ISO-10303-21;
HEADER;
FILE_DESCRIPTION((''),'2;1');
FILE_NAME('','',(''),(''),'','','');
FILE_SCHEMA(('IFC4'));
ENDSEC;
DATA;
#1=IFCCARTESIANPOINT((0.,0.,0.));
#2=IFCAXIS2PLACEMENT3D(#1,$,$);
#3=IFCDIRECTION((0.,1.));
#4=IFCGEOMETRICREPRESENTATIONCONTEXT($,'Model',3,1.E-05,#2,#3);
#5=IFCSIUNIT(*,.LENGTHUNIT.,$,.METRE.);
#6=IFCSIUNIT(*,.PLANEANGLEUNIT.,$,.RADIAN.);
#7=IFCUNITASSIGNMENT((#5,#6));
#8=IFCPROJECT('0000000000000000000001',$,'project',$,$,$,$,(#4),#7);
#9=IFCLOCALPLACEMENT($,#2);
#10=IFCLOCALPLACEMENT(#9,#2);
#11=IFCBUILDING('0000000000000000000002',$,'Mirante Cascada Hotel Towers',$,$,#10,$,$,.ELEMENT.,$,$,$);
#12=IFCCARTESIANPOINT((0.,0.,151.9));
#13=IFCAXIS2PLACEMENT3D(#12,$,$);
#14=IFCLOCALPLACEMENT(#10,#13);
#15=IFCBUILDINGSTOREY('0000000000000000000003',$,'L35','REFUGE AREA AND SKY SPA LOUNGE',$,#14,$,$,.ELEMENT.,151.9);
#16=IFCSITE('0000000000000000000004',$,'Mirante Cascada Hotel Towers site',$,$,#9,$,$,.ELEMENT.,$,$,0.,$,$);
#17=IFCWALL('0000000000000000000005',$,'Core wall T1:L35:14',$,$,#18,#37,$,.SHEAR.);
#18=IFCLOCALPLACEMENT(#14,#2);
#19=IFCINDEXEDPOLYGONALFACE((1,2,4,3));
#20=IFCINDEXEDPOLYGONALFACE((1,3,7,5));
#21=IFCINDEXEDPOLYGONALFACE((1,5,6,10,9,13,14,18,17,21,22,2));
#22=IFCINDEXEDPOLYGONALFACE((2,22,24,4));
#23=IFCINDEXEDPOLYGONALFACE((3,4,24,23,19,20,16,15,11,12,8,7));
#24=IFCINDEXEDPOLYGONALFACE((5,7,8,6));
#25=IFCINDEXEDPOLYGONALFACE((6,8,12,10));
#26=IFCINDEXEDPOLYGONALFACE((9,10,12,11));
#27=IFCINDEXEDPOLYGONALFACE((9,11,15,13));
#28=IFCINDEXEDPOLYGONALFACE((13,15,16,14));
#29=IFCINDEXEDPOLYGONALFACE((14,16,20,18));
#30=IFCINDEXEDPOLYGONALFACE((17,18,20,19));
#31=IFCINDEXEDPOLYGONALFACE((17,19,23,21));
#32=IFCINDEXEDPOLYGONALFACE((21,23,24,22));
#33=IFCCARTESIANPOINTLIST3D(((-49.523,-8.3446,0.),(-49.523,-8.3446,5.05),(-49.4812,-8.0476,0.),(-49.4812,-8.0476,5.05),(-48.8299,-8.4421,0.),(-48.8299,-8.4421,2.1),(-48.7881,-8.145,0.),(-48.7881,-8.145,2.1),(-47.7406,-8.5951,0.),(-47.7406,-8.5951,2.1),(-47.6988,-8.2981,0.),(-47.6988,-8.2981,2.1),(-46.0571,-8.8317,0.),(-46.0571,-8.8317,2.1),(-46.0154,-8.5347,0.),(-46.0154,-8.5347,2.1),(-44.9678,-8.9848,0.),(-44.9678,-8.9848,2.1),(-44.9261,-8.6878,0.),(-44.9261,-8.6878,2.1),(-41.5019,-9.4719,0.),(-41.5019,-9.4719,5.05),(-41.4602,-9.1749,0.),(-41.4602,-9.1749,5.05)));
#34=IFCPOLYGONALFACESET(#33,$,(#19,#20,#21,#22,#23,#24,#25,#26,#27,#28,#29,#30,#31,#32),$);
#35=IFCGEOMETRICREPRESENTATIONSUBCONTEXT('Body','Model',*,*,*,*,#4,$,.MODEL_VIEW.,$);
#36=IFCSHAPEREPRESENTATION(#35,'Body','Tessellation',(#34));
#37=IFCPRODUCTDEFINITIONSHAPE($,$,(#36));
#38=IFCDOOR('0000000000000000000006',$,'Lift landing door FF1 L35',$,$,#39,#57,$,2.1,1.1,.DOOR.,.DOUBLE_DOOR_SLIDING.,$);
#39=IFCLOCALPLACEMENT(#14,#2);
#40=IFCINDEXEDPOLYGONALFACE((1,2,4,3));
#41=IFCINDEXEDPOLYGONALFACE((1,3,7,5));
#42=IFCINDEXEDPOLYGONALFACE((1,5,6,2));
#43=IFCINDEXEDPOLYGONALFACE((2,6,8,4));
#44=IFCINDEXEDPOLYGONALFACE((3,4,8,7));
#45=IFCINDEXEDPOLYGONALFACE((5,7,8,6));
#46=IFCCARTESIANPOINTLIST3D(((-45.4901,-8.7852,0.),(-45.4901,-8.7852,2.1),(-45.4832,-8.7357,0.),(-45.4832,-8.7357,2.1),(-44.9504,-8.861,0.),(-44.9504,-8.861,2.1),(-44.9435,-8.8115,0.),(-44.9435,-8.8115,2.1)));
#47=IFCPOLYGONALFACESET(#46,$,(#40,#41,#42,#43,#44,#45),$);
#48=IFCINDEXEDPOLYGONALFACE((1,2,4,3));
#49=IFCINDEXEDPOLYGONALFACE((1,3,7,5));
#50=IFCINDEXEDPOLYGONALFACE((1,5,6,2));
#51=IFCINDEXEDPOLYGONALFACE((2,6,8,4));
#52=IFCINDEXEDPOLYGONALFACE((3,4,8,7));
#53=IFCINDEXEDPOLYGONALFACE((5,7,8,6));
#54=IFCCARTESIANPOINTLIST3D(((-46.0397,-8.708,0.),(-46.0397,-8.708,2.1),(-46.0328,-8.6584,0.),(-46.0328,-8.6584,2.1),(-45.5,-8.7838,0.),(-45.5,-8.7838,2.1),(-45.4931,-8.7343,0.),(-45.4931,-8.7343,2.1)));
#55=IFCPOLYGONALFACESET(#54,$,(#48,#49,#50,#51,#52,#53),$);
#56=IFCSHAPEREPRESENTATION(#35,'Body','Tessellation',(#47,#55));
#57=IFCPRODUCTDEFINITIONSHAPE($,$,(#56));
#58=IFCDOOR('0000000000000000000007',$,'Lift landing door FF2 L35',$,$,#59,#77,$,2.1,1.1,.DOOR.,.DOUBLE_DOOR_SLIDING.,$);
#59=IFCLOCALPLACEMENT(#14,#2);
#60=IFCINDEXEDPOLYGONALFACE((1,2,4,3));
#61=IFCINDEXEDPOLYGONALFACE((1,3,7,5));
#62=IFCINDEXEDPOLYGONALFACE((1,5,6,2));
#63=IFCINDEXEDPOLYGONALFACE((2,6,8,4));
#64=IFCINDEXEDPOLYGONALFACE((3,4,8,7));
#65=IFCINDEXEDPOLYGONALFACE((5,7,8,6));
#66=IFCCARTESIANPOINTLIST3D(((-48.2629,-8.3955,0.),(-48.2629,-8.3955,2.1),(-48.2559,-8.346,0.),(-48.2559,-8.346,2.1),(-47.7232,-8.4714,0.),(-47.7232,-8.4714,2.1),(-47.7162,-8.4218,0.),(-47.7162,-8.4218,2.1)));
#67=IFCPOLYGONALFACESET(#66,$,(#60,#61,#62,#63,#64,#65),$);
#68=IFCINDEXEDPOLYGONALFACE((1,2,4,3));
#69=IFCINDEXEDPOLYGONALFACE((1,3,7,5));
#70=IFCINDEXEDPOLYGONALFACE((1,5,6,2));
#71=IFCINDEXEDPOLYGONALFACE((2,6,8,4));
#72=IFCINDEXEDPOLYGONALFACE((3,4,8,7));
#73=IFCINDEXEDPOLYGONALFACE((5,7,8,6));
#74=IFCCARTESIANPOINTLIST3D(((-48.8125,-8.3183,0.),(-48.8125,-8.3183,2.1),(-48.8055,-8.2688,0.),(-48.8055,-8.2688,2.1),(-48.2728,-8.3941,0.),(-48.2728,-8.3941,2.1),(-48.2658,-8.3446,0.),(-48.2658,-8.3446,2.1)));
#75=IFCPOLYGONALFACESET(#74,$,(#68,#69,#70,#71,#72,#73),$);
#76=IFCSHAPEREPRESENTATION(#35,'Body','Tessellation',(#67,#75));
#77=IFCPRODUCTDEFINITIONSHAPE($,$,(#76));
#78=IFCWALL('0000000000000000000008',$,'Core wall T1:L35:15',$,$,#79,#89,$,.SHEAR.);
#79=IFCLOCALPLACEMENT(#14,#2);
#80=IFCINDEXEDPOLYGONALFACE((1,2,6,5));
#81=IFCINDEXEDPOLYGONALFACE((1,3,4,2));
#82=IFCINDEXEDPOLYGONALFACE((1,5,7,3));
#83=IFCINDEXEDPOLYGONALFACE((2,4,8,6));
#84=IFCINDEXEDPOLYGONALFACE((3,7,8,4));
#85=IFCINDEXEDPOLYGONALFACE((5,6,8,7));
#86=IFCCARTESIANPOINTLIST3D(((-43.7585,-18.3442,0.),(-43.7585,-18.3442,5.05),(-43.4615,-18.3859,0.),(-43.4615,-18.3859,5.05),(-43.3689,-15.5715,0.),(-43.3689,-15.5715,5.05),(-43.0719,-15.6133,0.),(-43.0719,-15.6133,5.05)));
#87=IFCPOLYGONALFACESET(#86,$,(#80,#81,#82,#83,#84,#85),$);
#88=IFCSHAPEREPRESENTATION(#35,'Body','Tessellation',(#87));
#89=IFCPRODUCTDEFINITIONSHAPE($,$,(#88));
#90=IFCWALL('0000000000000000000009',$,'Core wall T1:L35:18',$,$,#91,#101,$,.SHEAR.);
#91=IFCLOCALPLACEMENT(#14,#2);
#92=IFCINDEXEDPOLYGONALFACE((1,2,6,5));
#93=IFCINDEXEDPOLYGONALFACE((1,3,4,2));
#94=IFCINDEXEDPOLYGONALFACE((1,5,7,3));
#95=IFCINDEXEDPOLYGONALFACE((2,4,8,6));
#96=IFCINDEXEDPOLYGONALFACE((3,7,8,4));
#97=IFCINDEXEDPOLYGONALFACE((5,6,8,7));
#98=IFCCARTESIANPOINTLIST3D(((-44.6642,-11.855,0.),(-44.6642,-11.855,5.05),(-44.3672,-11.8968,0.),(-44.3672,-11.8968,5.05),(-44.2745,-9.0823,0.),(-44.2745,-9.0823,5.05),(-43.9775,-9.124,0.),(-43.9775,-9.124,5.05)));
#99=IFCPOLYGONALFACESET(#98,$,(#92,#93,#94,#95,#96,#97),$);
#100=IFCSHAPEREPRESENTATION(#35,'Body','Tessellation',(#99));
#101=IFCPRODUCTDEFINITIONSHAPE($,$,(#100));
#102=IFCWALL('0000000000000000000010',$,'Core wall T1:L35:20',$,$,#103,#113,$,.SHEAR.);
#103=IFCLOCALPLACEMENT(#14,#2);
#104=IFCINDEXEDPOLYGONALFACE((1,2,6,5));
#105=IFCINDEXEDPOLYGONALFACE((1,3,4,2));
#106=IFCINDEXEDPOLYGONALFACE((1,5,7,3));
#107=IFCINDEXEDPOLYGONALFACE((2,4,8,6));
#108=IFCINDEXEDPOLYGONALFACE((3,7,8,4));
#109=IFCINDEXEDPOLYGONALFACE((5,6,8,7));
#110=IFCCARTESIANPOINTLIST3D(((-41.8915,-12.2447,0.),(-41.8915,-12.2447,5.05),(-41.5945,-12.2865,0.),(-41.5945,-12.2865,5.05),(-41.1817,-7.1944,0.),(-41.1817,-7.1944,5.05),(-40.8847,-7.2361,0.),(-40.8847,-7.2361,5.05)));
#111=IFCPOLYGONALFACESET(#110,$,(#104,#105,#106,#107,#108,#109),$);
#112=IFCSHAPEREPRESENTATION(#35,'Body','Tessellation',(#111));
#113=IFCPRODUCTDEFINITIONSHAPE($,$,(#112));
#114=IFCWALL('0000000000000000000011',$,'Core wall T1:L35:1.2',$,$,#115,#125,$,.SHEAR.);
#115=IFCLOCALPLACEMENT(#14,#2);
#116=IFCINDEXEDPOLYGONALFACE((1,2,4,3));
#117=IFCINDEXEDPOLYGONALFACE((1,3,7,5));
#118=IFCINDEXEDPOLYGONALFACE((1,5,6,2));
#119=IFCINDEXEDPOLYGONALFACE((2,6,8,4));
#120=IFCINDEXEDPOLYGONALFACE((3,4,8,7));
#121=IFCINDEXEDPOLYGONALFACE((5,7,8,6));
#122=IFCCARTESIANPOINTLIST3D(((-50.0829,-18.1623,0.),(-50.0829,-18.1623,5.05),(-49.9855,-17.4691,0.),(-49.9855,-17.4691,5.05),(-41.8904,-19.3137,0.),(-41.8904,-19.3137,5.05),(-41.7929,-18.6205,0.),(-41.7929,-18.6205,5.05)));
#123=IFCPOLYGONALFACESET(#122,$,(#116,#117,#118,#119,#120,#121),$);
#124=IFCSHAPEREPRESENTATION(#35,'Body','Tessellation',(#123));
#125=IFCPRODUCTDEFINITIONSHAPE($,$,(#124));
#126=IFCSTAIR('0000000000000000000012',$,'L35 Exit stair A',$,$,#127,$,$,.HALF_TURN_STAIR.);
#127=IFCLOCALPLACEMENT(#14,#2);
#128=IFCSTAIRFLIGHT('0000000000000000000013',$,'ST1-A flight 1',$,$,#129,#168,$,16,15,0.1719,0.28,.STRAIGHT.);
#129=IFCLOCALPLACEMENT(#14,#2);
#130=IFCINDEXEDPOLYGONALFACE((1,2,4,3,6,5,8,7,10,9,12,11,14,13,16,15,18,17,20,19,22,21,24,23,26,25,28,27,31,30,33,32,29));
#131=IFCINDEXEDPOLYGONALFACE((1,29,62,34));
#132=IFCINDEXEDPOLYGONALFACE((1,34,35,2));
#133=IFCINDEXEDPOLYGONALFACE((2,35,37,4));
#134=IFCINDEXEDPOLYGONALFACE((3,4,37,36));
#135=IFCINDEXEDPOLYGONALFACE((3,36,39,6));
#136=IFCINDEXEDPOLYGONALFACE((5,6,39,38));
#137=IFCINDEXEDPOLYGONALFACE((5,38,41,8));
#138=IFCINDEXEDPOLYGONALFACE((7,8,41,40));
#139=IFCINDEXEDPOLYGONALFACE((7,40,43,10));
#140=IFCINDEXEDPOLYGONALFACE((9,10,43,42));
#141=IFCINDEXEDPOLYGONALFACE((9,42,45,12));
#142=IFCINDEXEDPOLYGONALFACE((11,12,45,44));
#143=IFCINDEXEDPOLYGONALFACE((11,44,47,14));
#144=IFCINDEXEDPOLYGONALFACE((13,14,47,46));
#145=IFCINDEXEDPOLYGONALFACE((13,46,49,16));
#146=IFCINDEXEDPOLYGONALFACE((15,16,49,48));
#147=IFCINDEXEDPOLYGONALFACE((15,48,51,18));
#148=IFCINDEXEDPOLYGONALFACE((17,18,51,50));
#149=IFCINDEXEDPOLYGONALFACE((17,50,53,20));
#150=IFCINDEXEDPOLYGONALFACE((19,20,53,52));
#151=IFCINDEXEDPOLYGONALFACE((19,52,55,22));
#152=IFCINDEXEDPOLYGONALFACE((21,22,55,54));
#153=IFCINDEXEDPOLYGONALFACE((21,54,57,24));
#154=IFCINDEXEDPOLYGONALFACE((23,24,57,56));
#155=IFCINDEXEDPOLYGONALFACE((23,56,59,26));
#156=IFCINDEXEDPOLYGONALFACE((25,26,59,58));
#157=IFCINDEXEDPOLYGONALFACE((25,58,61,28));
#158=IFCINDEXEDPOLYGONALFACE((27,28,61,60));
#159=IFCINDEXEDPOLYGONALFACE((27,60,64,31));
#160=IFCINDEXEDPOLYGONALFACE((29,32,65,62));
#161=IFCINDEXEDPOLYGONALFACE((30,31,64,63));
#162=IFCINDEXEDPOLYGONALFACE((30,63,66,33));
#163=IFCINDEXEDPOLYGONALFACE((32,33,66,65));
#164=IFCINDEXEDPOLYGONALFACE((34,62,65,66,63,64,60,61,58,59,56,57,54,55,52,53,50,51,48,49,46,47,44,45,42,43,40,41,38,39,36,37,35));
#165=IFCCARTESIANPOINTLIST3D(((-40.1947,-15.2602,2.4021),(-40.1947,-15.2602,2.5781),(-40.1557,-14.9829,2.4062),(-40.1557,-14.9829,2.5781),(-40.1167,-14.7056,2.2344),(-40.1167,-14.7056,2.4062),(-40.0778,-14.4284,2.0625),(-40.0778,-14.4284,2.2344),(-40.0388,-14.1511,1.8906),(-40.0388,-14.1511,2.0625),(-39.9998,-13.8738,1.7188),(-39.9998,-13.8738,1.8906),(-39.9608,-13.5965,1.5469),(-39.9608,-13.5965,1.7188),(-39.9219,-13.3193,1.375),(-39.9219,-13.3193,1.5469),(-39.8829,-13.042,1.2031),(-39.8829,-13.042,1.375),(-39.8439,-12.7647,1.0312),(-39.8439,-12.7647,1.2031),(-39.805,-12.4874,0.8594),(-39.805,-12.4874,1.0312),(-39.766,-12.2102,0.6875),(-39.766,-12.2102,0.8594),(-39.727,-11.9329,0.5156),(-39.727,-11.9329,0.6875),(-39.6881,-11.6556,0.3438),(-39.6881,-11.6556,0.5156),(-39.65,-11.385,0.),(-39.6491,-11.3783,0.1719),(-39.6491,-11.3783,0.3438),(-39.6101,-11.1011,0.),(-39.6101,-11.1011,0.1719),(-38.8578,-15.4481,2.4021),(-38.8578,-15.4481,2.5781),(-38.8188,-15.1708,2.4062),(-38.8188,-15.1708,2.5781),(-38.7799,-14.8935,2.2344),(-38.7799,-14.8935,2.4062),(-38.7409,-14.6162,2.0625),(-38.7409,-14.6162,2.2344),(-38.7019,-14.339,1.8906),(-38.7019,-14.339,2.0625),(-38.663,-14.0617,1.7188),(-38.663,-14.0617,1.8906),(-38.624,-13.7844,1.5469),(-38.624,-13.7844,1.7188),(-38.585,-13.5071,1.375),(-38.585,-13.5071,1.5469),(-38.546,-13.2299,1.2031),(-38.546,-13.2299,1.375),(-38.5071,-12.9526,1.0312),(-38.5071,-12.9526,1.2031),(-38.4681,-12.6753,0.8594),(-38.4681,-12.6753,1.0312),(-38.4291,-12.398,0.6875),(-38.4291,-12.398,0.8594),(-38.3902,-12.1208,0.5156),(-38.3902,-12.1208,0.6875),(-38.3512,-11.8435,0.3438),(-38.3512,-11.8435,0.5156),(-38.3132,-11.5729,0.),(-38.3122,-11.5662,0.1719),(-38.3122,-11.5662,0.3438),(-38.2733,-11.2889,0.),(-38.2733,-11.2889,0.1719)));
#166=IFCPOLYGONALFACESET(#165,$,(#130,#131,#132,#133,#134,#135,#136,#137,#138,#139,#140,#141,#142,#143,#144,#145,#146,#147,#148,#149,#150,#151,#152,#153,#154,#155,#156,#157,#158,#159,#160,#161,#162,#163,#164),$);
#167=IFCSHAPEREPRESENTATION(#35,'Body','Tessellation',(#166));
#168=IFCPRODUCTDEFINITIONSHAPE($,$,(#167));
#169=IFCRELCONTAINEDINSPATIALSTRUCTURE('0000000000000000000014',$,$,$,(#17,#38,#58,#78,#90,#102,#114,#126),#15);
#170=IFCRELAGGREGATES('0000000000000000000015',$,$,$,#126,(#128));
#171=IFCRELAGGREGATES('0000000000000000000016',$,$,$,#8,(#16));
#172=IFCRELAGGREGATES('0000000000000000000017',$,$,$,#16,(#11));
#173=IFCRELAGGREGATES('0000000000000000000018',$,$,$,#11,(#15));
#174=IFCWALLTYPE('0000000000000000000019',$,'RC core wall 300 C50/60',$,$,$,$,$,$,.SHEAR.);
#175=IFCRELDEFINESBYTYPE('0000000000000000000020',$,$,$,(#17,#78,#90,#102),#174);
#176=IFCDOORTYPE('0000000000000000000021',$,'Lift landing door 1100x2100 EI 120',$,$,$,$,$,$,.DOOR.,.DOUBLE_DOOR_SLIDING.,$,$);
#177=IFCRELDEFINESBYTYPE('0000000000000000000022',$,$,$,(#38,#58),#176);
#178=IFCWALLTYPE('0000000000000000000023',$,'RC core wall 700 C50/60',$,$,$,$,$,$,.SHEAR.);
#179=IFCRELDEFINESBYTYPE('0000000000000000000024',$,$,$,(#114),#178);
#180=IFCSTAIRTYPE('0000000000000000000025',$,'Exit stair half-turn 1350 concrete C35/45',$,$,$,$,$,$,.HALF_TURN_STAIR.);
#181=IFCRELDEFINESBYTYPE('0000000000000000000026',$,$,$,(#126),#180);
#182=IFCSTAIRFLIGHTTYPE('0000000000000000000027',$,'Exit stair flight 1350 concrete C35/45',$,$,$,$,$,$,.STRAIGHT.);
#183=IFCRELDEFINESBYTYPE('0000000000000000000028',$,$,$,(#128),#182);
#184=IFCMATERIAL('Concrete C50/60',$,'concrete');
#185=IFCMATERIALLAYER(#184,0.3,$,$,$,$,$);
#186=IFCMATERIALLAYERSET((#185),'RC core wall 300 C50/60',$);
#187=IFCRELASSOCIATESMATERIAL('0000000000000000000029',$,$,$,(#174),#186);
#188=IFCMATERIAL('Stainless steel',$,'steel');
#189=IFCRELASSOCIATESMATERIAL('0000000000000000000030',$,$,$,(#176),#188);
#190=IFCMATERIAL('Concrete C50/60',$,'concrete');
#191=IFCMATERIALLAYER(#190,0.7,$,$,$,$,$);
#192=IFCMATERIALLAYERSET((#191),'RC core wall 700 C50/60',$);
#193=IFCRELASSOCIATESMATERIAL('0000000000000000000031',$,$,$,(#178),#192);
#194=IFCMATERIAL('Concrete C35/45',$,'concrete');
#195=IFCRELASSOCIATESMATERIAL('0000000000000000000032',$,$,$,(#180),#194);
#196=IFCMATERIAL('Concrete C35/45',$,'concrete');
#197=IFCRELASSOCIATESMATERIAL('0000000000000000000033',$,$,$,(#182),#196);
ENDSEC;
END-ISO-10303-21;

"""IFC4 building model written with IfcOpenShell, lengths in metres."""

from ifc_helpers import new_model, si_unit, direction, frame, frame_2d, origin, place, context, subcontext, project, spatial, polyline, rectangle, outline, extrude, material, layer, layer_set, type_object, element, fill, aggregate, save


model = new_model("IFC4")

# Units and contexts
model_context = context("Model", 3, precision=1e-05, world=origin(), true_north=direction((0.0, 1.0)))
body_context = subcontext(model_context, "Body", "Model", "MODEL_VIEW")
ifc_project = project(units=[si_unit("LENGTHUNIT", "METRE"), si_unit("PLANEANGLEUNIT", "RADIAN")], contexts=[model_context])

# Site, building, storey
site_placement = place(None, origin())
site = spatial("IfcSite", under=ifc_project, at=site_placement, Name="Mirante Cascada Hotel Towers site", CompositionType="ELEMENT", RefElevation=0.0)
building_placement = place(site_placement, origin())
building = spatial("IfcBuilding", under=site, at=building_placement, Name="Mirante Cascada Hotel Towers", CompositionType="ELEMENT")
storey_placement = place(building_placement, frame((0.0, 0.0, 151.9)))
storey = spatial("IfcBuildingStorey", under=building, at=storey_placement, Name="L35", Description="REFUGE AREA AND SKY SPA LOUNGE", CompositionType="ELEMENT", Elevation=151.9)

# Shared definitions
ifc_material_1 = material(Name="Concrete C50/60", Category="concrete")
ifc_layer_1 = layer(ifc_material_1, 0.3)
ifc_layer_set_1 = layer_set([ifc_layer_1], Name="RC core wall 300 C50/60")
wall_type_1 = type_object("IfcWallType", Name="RC core wall 300 C50/60", PredefinedType="SHEAR", material=ifc_layer_set_1)

# Shared definitions
ifc_material_2 = material(Name="Stainless steel", Category="steel")
door_type_1 = type_object("IfcDoorType", Name="Lift landing door 1100x2100 EI 120", OperationType="DOUBLE_DOOR_SLIDING", PredefinedType="DOOR", material=ifc_material_2)

# Wall, openings, doors
wall_1_placement = place(storey_placement, frame((-41.481, -9.3234, 0.0), z_axis=(0.0, 0.0, 1.0), x_axis=(-0.990268, 0.139174, 0.0)))
wall_1 = element("IfcWall", 1, at=wall_1_placement, inside=storey, type_object=wall_type_1, Name="Core wall T1:L35:14", PredefinedType="SHEAR", context=body_context, shape_type="SweptSolid", body=[
    extrude(rectangle(XDim=8.0999, YDim=0.3, at=frame_2d((4.05, 0.0))), origin(), (0.0, 0.0, 1.0), 5.05),
])
opening_1_placement = place(wall_1_placement, frame((3.5, 0.0, 0.0)))
opening_1 = element("IfcOpeningElement", 2, at=opening_1_placement, cuts=wall_1, PredefinedType="OPENING", context=body_context, shape_type="SweptSolid", body=[
    extrude(rectangle(XDim=1.1, YDim=2.1, at=frame_2d((0.55, 1.05))), frame((0.0, 0.15, 0.0), z_axis=(0.0, -1.0, 0.0), x_axis=(1.0, 0.0, 0.0)), (0.0, 0.0, 1.0), 0.3),
])
opening_2_placement = place(wall_1_placement, frame((6.3, 0.0, 0.0)))
opening_2 = element("IfcOpeningElement", 3, at=opening_2_placement, cuts=wall_1, PredefinedType="OPENING", context=body_context, shape_type="SweptSolid", body=[
    extrude(rectangle(XDim=1.1, YDim=2.1, at=frame_2d((0.55, 1.05))), frame((0.0, 0.15, 0.0), z_axis=(0.0, -1.0, 0.0), x_axis=(1.0, 0.0, 0.0)), (0.0, 0.0, 1.0), 0.3),
])
door_1_placement = place(opening_1_placement, origin())
door_1 = element("IfcDoor", 4, at=door_1_placement, inside=storey, type_object=door_type_1, Name="Lift landing door FF1 L35", OperationType="DOUBLE_DOOR_SLIDING", OverallHeight=2.1, OverallWidth=1.1, PredefinedType="DOOR", context=body_context, shape_type="SweptSolid", body=[
    extrude(rectangle(XDim=0.545, YDim=2.1, at=frame_2d((0.2725, 1.05))), frame((0.0, 0.025, 0.0), z_axis=(0.0, -1.0, 0.0), x_axis=(1.0, 0.0, 0.0)), (0.0, 0.0, 1.0), 0.05),
    extrude(rectangle(XDim=0.545, YDim=2.1, at=frame_2d((0.8275, 1.05))), frame((0.0, 0.025, 0.0), z_axis=(0.0, -1.0, 0.0), x_axis=(1.0, 0.0, 0.0)), (0.0, 0.0, 1.0), 0.05),
])
fill(opening_1, door_1)
door_2_placement = place(opening_2_placement, origin())
door_2 = element("IfcDoor", 5, at=door_2_placement, inside=storey, type_object=door_type_1, Name="Lift landing door FF2 L35", OperationType="DOUBLE_DOOR_SLIDING", OverallHeight=2.1, OverallWidth=1.1, PredefinedType="DOOR", context=body_context, shape_type="SweptSolid", body=[
    extrude(rectangle(XDim=0.545, YDim=2.1, at=frame_2d((0.2725, 1.05))), frame((0.0, 0.025, 0.0), z_axis=(0.0, -1.0, 0.0), x_axis=(1.0, 0.0, 0.0)), (0.0, 0.0, 1.0), 0.05),
    extrude(rectangle(XDim=0.545, YDim=2.1, at=frame_2d((0.8275, 1.05))), frame((0.0, 0.025, 0.0), z_axis=(0.0, -1.0, 0.0), x_axis=(1.0, 0.0, 0.0)), (0.0, 0.0, 1.0), 0.05),
])
fill(opening_2, door_2)

# Walls
wall_2_placement = place(storey_placement, frame((-43.61, -18.3651, 0.0), z_axis=(0.0, 0.0, 1.0), x_axis=(0.139146, 0.990272, 0.0)))
element("IfcWall", 6, at=wall_2_placement, inside=storey, type_object=wall_type_1, Name="Core wall T1:L35:15", PredefinedType="SHEAR", context=body_context, shape_type="SweptSolid", body=[
    extrude(rectangle(XDim=2.7999, YDim=0.3, at=frame_2d((1.4, 0.0))), origin(), (0.0, 0.0, 1.0), 5.05),
])
wall_3_placement = place(storey_placement, frame((-44.5157, -11.8759, 0.0), z_axis=(0.0, 0.0, 1.0), x_axis=(0.139181, 0.990267, 0.0)))
element("IfcWall", 7, at=wall_3_placement, inside=storey, type_object=wall_type_1, Name="Core wall T1:L35:18", PredefinedType="SHEAR", context=body_context, shape_type="SweptSolid", body=[
    extrude(rectangle(XDim=2.8, YDim=0.3, at=frame_2d((1.4, 0.0))), origin(), (0.0, 0.0, 1.0), 5.05),
])
wall_4_placement = place(storey_placement, frame((-41.743, -12.2656, 0.0), z_axis=(0.0, 0.0, 1.0), x_axis=(0.139176, 0.990268, 0.0)))
element("IfcWall", 8, at=wall_4_placement, inside=storey, type_object=wall_type_1, Name="Core wall T1:L35:20", PredefinedType="SHEAR", context=body_context, shape_type="SweptSolid", body=[
    extrude(rectangle(XDim=5.1, YDim=0.3, at=frame_2d((2.55, 0.0))), origin(), (0.0, 0.0, 1.0), 5.05),
])
ifc_material_3 = material(Name="Concrete C50/60", Category="concrete")
ifc_layer_2 = layer(ifc_material_3, 0.7)
ifc_layer_set_2 = layer_set([ifc_layer_2], Name="RC core wall 700 C50/60")
wall_type_2 = type_object("IfcWallType", Name="RC core wall 700 C50/60", PredefinedType="SHEAR", material=ifc_layer_set_2)
wall_5_placement = place(storey_placement, frame((-41.8416, -18.9671, 0.0), z_axis=(0.0, 0.0, 1.0), x_axis=(-0.990268, 0.139174, 0.0)))
element("IfcWall", 9, at=wall_5_placement, inside=storey, type_object=wall_type_2, Name="Core wall T1:L35:1.2", PredefinedType="SHEAR", context=body_context, shape_type="SweptSolid", body=[
    extrude(rectangle(XDim=8.2731, YDim=0.7, at=frame_2d((4.1366, 0.0))), origin(), (0.0, 0.0, 1.0), 5.05),
])

# Stair, stair flight
ifc_material_4 = material(Name="Concrete C35/45", Category="concrete")
stair_type = type_object("IfcStairType", Name="Exit stair half-turn 1350 concrete C35/45", PredefinedType="HALF_TURN_STAIR", material=ifc_material_4)
stair_placement = place(storey_placement, origin())
stair = element("IfcStair", 10, at=stair_placement, inside=storey, type_object=stair_type, Name="L35 Exit stair A", PredefinedType="HALF_TURN_STAIR")
ifc_material_5 = material(Name="Concrete C35/45", Category="concrete")
stair_flight_type = type_object("IfcStairFlightType", Name="Exit stair flight 1350 concrete C35/45", PredefinedType="STRAIGHT", material=ifc_material_5)
stair_flight_1_placement = place(storey_placement, frame((-38.9417, -11.195, 0.0), z_axis=(0.0, 0.0, 1.0), x_axis=(-0.139173, -0.990268, 0.0)))
stair_flight_1 = element("IfcStairFlight", 11, at=stair_flight_1_placement, type_object=stair_flight_type, Name="ST1-A flight 1", NumberOfRisers=16, NumberOfTreads=15, PredefinedType="STRAIGHT", RiserHeight=0.1719, TreadLength=0.28, context=body_context, shape_type="SweptSolid", body=[
    extrude(outline(polyline([(0.0, 0.0), (0.0, 0.1719), (0.28, 0.1719), (0.28, 0.3438), (0.56, 0.3438), (0.56, 0.5156), (0.84, 0.5156), (0.84, 0.6875), (1.12, 0.6875), (1.12, 0.8594), (1.4, 0.8594), (1.4, 1.0312), (1.68, 1.0312), (1.68, 1.2031), (1.96, 1.2031), (1.96, 1.375), (2.24, 1.375), (2.24, 1.5469), (2.52, 1.5469), (2.52, 1.7188), (2.8, 1.7188), (2.8, 1.8906), (3.08, 1.8906), (3.08, 2.0625), (3.36, 2.0625), (3.36, 2.2344), (3.64, 2.2344), (3.64, 2.4062), (3.92, 2.4062), (3.92, 2.5781), (4.2, 2.5781), (4.2, 2.75), (4.2, 2.4021), (0.2867, 0.0), (0.0, 0.0)])), frame((0.0, 0.675, 0.0), z_axis=(0.0, -1.0, 0.0), x_axis=(1.0, 0.0, 0.0)), (0.0, 0.0, 1.0), 1.35),
])
aggregate(stair, [stair_flight_1])

save(model, "model.ifc")
